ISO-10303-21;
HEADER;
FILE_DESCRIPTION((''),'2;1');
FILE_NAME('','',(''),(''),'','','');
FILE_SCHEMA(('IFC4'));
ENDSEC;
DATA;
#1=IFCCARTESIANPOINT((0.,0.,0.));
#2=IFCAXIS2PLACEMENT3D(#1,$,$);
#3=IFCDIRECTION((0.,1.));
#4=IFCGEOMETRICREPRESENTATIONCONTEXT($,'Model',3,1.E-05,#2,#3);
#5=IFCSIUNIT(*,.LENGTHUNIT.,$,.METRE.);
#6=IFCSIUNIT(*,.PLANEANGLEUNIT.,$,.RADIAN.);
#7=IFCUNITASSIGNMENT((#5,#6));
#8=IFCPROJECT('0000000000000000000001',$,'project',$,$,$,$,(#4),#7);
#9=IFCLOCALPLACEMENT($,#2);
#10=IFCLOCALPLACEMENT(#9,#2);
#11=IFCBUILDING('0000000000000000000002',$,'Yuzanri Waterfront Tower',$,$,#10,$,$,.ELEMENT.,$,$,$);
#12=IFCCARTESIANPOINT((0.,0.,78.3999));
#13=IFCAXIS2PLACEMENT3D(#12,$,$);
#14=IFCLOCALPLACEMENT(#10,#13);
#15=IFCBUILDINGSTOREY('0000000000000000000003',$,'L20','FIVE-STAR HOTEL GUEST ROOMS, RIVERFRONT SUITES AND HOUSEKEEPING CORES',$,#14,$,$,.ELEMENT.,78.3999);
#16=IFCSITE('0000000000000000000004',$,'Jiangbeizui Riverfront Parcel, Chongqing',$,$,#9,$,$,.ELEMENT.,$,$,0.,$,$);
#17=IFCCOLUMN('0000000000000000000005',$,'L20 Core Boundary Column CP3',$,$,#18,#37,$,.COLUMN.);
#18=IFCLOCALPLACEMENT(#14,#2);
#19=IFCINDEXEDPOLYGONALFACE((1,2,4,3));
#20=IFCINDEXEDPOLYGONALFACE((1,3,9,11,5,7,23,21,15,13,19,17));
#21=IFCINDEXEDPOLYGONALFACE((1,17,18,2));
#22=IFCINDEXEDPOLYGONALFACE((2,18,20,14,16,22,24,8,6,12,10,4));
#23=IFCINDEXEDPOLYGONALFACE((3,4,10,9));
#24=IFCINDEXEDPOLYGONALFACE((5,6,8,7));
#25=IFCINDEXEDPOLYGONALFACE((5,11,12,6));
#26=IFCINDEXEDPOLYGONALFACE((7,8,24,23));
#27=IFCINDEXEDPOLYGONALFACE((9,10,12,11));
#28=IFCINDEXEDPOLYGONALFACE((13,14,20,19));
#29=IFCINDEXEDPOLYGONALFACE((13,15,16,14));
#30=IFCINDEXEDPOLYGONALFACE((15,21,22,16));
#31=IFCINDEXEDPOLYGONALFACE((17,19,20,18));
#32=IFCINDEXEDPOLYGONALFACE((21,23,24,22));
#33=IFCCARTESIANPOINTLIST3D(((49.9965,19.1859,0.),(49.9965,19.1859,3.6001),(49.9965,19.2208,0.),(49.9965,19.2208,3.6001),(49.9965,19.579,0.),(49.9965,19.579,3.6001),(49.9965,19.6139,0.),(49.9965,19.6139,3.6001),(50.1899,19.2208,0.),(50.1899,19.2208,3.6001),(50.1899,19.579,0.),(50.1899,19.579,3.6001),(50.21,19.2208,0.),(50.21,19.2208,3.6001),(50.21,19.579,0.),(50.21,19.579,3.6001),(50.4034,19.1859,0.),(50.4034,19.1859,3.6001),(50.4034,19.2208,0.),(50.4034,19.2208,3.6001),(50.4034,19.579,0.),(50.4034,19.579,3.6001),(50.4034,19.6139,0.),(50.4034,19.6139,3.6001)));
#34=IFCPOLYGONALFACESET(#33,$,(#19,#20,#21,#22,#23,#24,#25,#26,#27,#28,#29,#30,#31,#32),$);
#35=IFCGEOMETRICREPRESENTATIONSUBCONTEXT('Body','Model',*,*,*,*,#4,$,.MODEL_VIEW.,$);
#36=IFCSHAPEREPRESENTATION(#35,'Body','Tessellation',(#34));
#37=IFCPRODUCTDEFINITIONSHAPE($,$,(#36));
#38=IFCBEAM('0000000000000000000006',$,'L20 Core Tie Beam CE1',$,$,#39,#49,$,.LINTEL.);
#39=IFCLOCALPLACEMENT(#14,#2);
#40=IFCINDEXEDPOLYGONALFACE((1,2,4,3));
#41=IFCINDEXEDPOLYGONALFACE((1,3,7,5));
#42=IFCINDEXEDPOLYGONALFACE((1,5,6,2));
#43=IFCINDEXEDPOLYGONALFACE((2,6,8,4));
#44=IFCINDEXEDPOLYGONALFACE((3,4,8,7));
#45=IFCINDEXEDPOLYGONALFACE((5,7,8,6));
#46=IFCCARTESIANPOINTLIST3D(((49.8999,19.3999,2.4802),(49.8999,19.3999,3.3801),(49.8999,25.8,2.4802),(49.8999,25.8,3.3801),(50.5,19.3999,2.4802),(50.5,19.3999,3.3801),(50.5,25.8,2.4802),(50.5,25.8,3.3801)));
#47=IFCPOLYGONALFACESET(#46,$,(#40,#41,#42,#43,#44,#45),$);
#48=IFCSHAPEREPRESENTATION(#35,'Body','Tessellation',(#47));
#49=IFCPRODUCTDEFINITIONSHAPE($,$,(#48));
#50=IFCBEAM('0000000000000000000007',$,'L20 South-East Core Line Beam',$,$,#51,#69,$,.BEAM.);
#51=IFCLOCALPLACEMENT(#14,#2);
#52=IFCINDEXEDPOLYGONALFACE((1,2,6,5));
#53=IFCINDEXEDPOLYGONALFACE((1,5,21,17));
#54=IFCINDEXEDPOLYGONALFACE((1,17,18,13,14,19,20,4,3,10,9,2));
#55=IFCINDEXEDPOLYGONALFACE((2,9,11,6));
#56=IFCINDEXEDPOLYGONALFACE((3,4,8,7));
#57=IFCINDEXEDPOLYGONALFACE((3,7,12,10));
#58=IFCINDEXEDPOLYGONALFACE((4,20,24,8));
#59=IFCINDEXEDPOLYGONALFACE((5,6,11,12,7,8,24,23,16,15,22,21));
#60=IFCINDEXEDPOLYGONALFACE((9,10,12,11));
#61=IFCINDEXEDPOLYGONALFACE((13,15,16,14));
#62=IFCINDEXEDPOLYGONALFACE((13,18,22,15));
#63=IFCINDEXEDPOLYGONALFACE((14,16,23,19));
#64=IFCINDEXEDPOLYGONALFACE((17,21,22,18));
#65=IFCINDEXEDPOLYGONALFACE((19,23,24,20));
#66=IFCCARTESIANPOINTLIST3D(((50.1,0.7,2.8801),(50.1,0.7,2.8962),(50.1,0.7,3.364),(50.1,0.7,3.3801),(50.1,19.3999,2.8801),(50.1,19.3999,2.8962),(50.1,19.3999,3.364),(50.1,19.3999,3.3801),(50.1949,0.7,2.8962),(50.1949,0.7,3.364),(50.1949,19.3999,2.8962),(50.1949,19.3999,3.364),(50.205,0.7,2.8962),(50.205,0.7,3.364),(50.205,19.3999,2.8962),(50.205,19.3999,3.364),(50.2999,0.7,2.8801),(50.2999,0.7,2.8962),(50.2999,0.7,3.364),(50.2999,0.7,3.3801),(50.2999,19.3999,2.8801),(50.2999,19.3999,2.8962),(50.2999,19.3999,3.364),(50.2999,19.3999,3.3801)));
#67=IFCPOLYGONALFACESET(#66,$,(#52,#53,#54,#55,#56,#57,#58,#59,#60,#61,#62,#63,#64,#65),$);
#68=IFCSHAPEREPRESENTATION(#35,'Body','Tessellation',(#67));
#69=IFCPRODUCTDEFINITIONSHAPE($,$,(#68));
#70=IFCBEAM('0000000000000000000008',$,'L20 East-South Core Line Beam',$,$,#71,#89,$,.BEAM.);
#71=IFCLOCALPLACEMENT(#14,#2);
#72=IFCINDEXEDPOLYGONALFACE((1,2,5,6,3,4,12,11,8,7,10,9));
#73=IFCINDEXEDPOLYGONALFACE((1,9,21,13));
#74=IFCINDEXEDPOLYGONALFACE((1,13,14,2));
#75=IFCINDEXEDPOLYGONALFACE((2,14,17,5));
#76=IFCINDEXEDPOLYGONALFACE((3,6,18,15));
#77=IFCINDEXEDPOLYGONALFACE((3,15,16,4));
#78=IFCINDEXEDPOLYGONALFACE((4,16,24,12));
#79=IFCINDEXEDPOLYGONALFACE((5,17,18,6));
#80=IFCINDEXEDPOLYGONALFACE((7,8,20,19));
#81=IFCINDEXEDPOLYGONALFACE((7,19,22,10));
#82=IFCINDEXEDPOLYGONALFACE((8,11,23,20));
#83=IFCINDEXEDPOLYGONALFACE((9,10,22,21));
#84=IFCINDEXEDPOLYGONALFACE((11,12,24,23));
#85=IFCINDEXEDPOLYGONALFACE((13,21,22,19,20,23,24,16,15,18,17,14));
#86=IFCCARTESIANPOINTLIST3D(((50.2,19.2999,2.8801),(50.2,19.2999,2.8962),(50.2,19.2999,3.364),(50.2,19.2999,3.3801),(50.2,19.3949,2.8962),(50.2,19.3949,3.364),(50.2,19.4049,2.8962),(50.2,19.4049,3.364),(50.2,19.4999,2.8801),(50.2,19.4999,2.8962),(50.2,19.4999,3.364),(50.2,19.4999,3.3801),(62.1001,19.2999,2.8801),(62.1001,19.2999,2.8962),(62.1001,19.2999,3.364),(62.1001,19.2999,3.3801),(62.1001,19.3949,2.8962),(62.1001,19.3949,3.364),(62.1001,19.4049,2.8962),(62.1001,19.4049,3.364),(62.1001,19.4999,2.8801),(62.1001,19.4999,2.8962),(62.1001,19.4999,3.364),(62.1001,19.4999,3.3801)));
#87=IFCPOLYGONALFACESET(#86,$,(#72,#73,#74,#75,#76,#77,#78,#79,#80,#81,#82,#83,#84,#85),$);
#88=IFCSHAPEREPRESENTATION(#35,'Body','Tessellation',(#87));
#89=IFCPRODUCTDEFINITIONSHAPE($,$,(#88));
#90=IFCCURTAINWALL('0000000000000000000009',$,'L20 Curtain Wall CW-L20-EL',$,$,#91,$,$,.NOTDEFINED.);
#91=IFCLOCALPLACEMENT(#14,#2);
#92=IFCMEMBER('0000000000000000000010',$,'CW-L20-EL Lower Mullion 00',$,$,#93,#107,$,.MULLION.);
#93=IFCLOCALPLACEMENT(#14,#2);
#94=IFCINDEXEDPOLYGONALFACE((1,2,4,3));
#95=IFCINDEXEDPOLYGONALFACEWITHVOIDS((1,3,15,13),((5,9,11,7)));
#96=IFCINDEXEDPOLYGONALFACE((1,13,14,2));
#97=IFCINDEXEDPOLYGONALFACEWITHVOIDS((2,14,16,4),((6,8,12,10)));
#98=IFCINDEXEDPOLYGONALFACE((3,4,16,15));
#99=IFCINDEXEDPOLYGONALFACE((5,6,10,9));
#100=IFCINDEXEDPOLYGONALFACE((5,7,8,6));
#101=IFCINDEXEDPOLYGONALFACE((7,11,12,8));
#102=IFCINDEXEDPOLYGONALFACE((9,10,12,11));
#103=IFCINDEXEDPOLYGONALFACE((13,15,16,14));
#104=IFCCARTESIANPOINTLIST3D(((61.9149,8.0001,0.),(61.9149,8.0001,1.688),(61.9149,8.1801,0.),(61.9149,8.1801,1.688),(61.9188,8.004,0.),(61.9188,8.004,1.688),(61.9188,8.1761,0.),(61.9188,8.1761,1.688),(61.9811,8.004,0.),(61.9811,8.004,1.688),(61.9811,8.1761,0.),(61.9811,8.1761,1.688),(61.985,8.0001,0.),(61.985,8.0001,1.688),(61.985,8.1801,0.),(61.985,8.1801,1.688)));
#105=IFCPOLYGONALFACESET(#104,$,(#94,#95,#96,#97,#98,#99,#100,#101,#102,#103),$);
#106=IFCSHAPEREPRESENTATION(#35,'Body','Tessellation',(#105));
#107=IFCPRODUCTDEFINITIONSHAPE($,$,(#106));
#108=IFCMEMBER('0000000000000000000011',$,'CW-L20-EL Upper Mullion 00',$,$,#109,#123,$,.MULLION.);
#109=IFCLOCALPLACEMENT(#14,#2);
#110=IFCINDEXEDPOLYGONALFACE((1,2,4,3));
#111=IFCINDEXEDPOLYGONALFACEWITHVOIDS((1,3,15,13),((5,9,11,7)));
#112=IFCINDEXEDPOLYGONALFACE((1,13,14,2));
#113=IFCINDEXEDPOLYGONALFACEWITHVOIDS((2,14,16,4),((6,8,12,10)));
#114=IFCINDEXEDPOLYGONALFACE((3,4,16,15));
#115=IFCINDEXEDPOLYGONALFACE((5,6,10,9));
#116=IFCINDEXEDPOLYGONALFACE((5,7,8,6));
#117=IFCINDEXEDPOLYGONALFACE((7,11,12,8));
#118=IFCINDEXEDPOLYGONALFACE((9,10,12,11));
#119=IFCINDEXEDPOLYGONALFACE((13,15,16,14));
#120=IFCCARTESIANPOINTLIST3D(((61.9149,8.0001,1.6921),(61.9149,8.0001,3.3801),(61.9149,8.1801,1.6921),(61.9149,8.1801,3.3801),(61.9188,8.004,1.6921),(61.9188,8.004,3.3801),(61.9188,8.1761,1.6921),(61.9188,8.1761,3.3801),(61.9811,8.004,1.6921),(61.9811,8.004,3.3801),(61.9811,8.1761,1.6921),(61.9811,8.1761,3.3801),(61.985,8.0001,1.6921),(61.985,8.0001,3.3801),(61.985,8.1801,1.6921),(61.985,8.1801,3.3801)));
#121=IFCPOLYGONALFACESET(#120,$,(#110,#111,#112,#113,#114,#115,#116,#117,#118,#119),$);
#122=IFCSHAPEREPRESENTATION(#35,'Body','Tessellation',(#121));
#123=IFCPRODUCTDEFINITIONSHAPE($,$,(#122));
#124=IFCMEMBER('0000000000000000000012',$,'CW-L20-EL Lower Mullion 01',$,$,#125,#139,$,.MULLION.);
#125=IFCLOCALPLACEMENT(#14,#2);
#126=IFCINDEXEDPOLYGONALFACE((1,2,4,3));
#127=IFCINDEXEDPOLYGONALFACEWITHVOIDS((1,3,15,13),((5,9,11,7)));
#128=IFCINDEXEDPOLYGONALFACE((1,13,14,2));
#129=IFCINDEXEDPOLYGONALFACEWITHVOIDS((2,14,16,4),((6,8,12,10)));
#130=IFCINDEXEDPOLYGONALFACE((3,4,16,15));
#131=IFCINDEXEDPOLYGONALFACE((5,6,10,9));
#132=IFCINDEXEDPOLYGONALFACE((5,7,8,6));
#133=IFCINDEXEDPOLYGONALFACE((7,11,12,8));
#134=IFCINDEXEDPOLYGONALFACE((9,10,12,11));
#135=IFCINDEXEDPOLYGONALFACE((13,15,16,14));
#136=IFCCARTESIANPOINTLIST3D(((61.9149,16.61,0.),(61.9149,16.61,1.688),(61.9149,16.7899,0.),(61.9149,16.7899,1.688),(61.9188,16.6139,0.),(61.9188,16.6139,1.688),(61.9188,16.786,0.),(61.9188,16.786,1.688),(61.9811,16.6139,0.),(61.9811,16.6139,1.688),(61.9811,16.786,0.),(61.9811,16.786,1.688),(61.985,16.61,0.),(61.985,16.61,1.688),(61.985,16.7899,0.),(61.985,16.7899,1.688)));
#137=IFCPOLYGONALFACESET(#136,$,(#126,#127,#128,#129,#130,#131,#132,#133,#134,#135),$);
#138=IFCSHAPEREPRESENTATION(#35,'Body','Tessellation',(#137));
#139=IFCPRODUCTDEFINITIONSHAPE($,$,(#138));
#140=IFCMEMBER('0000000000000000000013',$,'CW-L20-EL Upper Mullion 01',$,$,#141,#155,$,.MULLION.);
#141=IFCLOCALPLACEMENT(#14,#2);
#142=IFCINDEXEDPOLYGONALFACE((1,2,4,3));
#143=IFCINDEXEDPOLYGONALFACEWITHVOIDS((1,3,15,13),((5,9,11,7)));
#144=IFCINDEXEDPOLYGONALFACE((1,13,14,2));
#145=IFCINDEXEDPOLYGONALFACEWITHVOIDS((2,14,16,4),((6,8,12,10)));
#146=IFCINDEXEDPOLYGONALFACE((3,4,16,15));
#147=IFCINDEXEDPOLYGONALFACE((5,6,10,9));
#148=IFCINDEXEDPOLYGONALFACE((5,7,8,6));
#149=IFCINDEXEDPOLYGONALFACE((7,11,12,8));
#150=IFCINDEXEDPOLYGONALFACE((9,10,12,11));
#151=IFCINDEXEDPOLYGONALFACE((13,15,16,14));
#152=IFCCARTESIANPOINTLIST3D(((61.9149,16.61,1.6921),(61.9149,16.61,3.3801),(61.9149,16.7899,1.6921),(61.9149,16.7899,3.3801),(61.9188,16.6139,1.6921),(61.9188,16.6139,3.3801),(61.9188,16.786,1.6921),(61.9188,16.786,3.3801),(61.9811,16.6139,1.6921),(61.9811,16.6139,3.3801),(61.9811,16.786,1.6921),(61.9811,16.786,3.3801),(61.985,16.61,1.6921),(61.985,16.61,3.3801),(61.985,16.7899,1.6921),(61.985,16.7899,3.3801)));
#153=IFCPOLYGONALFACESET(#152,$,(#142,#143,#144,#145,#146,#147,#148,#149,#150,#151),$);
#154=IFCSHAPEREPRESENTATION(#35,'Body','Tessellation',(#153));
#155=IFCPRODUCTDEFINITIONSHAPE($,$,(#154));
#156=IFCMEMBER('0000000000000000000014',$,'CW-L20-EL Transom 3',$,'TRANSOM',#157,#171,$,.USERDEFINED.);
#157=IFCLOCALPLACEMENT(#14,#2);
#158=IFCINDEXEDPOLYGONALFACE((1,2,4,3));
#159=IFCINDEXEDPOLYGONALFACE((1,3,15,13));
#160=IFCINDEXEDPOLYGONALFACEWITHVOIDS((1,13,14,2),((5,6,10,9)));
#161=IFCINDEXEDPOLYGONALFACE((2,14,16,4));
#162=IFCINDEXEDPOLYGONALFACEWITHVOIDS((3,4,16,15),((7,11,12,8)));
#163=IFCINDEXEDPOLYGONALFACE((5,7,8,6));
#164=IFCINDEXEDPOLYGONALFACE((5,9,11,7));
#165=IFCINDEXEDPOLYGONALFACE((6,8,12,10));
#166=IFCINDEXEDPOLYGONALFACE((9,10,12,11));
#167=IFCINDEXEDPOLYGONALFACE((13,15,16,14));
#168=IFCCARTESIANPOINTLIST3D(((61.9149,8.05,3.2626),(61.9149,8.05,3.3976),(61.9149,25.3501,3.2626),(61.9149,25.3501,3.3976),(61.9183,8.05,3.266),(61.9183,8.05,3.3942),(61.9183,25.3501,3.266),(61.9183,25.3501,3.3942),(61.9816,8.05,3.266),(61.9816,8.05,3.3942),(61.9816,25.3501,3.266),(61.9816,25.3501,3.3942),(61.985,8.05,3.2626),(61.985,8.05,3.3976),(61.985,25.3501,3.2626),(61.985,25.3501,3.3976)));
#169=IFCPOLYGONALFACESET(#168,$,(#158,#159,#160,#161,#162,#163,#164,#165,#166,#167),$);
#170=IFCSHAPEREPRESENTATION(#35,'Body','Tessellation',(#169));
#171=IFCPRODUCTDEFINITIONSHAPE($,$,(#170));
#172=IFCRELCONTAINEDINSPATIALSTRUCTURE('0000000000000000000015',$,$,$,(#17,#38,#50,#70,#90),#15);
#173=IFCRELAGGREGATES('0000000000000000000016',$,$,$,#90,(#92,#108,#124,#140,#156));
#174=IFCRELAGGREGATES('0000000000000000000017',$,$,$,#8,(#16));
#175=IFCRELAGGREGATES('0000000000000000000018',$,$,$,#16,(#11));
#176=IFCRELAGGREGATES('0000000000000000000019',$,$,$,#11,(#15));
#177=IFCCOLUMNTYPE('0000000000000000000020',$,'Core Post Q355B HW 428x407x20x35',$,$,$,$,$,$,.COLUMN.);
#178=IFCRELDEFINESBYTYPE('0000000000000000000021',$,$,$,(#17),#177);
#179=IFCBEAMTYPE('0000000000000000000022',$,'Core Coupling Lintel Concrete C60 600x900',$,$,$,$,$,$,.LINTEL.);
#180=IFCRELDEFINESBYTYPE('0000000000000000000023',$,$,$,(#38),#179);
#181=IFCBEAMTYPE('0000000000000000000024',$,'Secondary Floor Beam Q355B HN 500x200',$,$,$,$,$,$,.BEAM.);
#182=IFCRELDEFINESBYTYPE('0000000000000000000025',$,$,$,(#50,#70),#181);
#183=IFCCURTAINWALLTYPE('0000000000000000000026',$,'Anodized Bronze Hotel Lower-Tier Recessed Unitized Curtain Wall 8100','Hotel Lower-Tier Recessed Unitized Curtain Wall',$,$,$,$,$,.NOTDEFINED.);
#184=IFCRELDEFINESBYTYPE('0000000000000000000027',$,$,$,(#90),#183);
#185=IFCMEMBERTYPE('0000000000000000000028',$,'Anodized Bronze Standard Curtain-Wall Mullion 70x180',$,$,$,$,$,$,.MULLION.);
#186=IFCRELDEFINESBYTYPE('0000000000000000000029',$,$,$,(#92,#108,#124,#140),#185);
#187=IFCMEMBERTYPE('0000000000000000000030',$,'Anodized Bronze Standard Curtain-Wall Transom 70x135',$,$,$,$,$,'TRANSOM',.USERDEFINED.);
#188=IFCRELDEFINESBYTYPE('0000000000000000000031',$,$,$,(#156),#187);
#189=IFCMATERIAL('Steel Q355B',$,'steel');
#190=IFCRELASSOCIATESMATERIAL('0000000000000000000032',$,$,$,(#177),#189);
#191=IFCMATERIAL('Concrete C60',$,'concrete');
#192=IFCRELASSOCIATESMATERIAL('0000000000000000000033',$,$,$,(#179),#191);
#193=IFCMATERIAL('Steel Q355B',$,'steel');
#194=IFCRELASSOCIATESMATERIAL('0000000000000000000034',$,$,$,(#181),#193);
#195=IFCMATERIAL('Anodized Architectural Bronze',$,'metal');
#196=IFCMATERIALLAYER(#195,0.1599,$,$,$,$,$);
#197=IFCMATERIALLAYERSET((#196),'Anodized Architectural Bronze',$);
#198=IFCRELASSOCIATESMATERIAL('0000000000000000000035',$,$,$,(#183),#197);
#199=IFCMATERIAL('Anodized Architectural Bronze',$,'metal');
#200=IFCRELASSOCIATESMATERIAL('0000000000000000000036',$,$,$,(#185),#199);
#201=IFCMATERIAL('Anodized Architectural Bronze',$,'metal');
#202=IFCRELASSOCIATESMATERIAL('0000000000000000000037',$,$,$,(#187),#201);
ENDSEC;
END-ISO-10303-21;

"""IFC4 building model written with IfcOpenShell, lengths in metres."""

from ifc_helpers import new_model, si_unit, direction, frame, origin, origin_2d, place, context, subcontext, project, spatial, rectangle, hollow_rectangle, i_section, extrude, source, transform, mapped, material, layer, layer_set, material_profile, profile_set, type_object, element, aggregate, save


model = new_model("IFC4")

# Units and contexts
model_context = context("Model", 3, precision=1e-05, world=origin(), true_north=direction((0.0, 1.0)))
body_context = subcontext(model_context, "Body", "Model", "MODEL_VIEW")
ifc_project = project(units=[si_unit("LENGTHUNIT", "METRE"), si_unit("PLANEANGLEUNIT", "RADIAN")], contexts=[model_context])

# Site, building, storey
site_placement = place(None, origin())
site = spatial("IfcSite", under=ifc_project, at=site_placement, Name="Jiangbeizui Riverfront Parcel, Chongqing", CompositionType="ELEMENT", RefElevation=0.0)
building_placement = place(site_placement, origin())
building = spatial("IfcBuilding", under=site, at=building_placement, Name="Yuzanri Waterfront Tower", CompositionType="ELEMENT")
storey_placement = place(building_placement, frame((0.0, 0.0, 78.3999)))
storey = spatial("IfcBuildingStorey", under=building, at=storey_placement, Name="L20", Description="FIVE-STAR HOTEL GUEST ROOMS, RIVERFRONT SUITES AND HOUSEKEEPING CORES", CompositionType="ELEMENT", Elevation=78.3999)

# Column
ifc_material_1 = material(Name="Steel Q355B", Category="steel")
ifc_material_profile_1 = material_profile(ifc_material_1, i_section(OverallWidth=0.407, OverallDepth=0.428, WebThickness=0.02, FlangeThickness=0.0349, at=origin_2d()), Name="HW 428x407x20x35")
ifc_profile_set_1 = profile_set([ifc_material_profile_1], Name="Steel Q355B")
column_type = type_object("IfcColumnType", Name="Core Post Q355B HW 428x407x20x35", PredefinedType="COLUMN", material=ifc_profile_set_1)
shared_shape_1 = source(origin(), body_context, "Body", "SweptSolid", [
    extrude(i_section(OverallWidth=0.407, OverallDepth=0.428, WebThickness=0.02, FlangeThickness=0.0349, at=origin_2d()), origin(), (0.0, 0.0, 1.0), 3.6001),
])
column_placement = place(storey_placement, frame((50.2, 19.3999, 0.0), z_axis=(0.0, 0.0, 1.0), x_axis=(1.0, 0.0, 0.0)))
element("IfcColumn", 1, at=column_placement, inside=storey, type_object=column_type, Name="L20 Core Boundary Column CP3", PredefinedType="COLUMN", context=body_context, shape_type="MappedRepresentation", body=[
    mapped(shared_shape_1, transform((0.0, 0.0, 0.0), scale=1.0)),
])

# Beams
ifc_material_2 = material(Name="Concrete C60", Category="concrete")
ifc_material_profile_2 = material_profile(ifc_material_2, rectangle(XDim=0.6001, YDim=0.8999, at=origin_2d()), Name="RC 600x900")
ifc_profile_set_2 = profile_set([ifc_material_profile_2], Name="Concrete C60")
beam_type_1 = type_object("IfcBeamType", Name="Core Coupling Lintel Concrete C60 600x900", PredefinedType="LINTEL", material=ifc_profile_set_2)
shared_shape_2 = source(origin(), body_context, "Body", "SweptSolid", [
    extrude(rectangle(XDim=0.6001, YDim=0.8999, at=origin_2d()), origin(), (0.0, 0.0, 1.0), 6.4001),
])
beam_1_placement = place(storey_placement, frame((50.2, 19.3999, 2.9302), z_axis=(0.0, 1.0, 0.0), x_axis=(-1.0, 0.0, 0.0)))
element("IfcBeam", 2, at=beam_1_placement, inside=storey, type_object=beam_type_1, Name="L20 Core Tie Beam CE1", PredefinedType="LINTEL", context=body_context, shape_type="MappedRepresentation", body=[
    mapped(shared_shape_2, transform((0.0, 0.0, 0.0), scale=1.0)),
])
ifc_material_3 = material(Name="Steel Q355B", Category="steel")
ifc_material_profile_3 = material_profile(ifc_material_3, i_section(OverallWidth=0.2, OverallDepth=0.5, WebThickness=0.01, FlangeThickness=0.0161, at=origin_2d()), Name="HN 500x200x10x16")
ifc_profile_set_3 = profile_set([ifc_material_profile_3], Name="Steel Q355B")
beam_type_2 = type_object("IfcBeamType", Name="Secondary Floor Beam Q355B HN 500x200", PredefinedType="BEAM", material=ifc_profile_set_3)
shared_shape_3 = source(origin(), body_context, "Body", "SweptSolid", [
    extrude(i_section(OverallWidth=0.2, OverallDepth=0.5, WebThickness=0.01, FlangeThickness=0.0161, at=origin_2d()), origin(), (0.0, 0.0, 1.0), 18.7),
])
beam_2_placement = place(storey_placement, frame((50.2, 19.3999, 3.1301), z_axis=(0.0, -1.0, 0.0), x_axis=(1.0, 0.0, 0.0)))
element("IfcBeam", 3, at=beam_2_placement, inside=storey, type_object=beam_type_2, Name="L20 South-East Core Line Beam", PredefinedType="BEAM", context=body_context, shape_type="MappedRepresentation", body=[
    mapped(shared_shape_3, transform((0.0, 0.0, 0.0), scale=1.0)),
])
shared_shape_4 = source(origin(), body_context, "Body", "SweptSolid", [
    extrude(i_section(OverallWidth=0.2, OverallDepth=0.5, WebThickness=0.01, FlangeThickness=0.0161, at=origin_2d()), origin(), (0.0, 0.0, 1.0), 11.9001),
])
beam_3_placement = place(storey_placement, frame((50.2, 19.3999, 3.1301), z_axis=(1.0, 0.0, 0.0), x_axis=(0.0, 1.0, 0.0)))
element("IfcBeam", 4, at=beam_3_placement, inside=storey, type_object=beam_type_2, Name="L20 East-South Core Line Beam", PredefinedType="BEAM", context=body_context, shape_type="MappedRepresentation", body=[
    mapped(shared_shape_4, transform((0.0, 0.0, 0.0), scale=1.0)),
])

# Curtain wall, members
ifc_material_4 = material(Name="Anodized Architectural Bronze", Category="metal")
ifc_layer_1 = layer(ifc_material_4, 0.1599)
ifc_layer_set_1 = layer_set([ifc_layer_1], Name="Anodized Architectural Bronze")
curtain_wall_type = type_object("IfcCurtainWallType", Name="Anodized Bronze Hotel Lower-Tier Recessed Unitized Curtain Wall 8100", Description="Hotel Lower-Tier Recessed Unitized Curtain Wall", PredefinedType="NOTDEFINED", material=ifc_layer_set_1)
curtain_wall_placement = place(storey_placement, origin())
curtain_wall = element("IfcCurtainWall", 5, at=curtain_wall_placement, inside=storey, type_object=curtain_wall_type, Name="L20 Curtain Wall CW-L20-EL", PredefinedType="NOTDEFINED")
ifc_material_5 = material(Name="Anodized Architectural Bronze", Category="metal")
ifc_material_profile_4 = material_profile(ifc_material_5, hollow_rectangle(XDim=0.0701, YDim=0.1799, WallThickness=0.0039, at=origin_2d()), Name="CWM 70x180")
ifc_profile_set_4 = profile_set([ifc_material_profile_4], Name="Anodized Architectural Bronze")
member_type_1 = type_object("IfcMemberType", Name="Anodized Bronze Standard Curtain-Wall Mullion 70x180", PredefinedType="MULLION", material=ifc_profile_set_4)
shared_shape_5 = source(origin(), body_context, "Body", "SweptSolid", [
    extrude(hollow_rectangle(XDim=0.0701, YDim=0.1799, WallThickness=0.0039, at=origin_2d()), origin(), (0.0, 0.0, 1.0), 1.688),
])
member_1_placement = place(storey_placement, frame((61.95, 8.0901, 0.0), z_axis=(0.0, 0.0, 1.0), x_axis=(1.0, 0.0, 0.0)))
member_1 = element("IfcMember", 6, at=member_1_placement, type_object=member_type_1, Name="CW-L20-EL Lower Mullion 00", PredefinedType="MULLION", context=body_context, shape_type="MappedRepresentation", body=[
    mapped(shared_shape_5, transform((0.0, 0.0, 0.0), scale=1.0)),
])
member_2_placement = place(storey_placement, frame((61.95, 8.0901, 1.6921), z_axis=(0.0, 0.0, 1.0), x_axis=(1.0, 0.0, 0.0)))
member_2 = element("IfcMember", 7, at=member_2_placement, type_object=member_type_1, Name="CW-L20-EL Upper Mullion 00", PredefinedType="MULLION", context=body_context, shape_type="MappedRepresentation", body=[
    mapped(shared_shape_5, transform((0.0, 0.0, 0.0), scale=1.0)),
])
member_3_placement = place(storey_placement, frame((61.95, 16.7, 0.0), z_axis=(0.0, 0.0, 1.0), x_axis=(1.0, 0.0, 0.0)))
member_3 = element("IfcMember", 8, at=member_3_placement, type_object=member_type_1, Name="CW-L20-EL Lower Mullion 01", PredefinedType="MULLION", context=body_context, shape_type="MappedRepresentation", body=[
    mapped(shared_shape_5, transform((0.0, 0.0, 0.0), scale=1.0)),
])
member_4_placement = place(storey_placement, frame((61.95, 16.7, 1.6921), z_axis=(0.0, 0.0, 1.0), x_axis=(1.0, 0.0, 0.0)))
member_4 = element("IfcMember", 9, at=member_4_placement, type_object=member_type_1, Name="CW-L20-EL Upper Mullion 01", PredefinedType="MULLION", context=body_context, shape_type="MappedRepresentation", body=[
    mapped(shared_shape_5, transform((0.0, 0.0, 0.0), scale=1.0)),
])
ifc_material_6 = material(Name="Anodized Architectural Bronze", Category="metal")
ifc_material_profile_5 = material_profile(ifc_material_6, hollow_rectangle(XDim=0.0701, YDim=0.135, WallThickness=0.0034, at=origin_2d()), Name="CWT 70x135")
ifc_profile_set_5 = profile_set([ifc_material_profile_5], Name="Anodized Architectural Bronze")
member_type_2 = type_object("IfcMemberType", Name="Anodized Bronze Standard Curtain-Wall Transom 70x135", ElementType="TRANSOM", PredefinedType="USERDEFINED", material=ifc_profile_set_5)
shared_shape_6 = source(origin(), body_context, "Body", "SweptSolid", [
    extrude(hollow_rectangle(XDim=0.0701, YDim=0.135, WallThickness=0.0034, at=origin_2d()), origin(), (0.0, 0.0, 1.0), 17.3),
])
member_5_placement = place(storey_placement, frame((61.95, 8.05, 3.3301), z_axis=(0.0, 1.0, 0.0), x_axis=(-1.0, 0.0, 0.0)))
member_5 = element("IfcMember", 10, at=member_5_placement, type_object=member_type_2, Name="CW-L20-EL Transom 3", ObjectType="TRANSOM", PredefinedType="USERDEFINED", context=body_context, shape_type="MappedRepresentation", body=[
    mapped(shared_shape_6, transform((0.0, 0.0, 0.0), scale=1.0)),
])
aggregate(curtain_wall, [member_1, member_2, member_3, member_4, member_5])

save(model, "model.ifc")
